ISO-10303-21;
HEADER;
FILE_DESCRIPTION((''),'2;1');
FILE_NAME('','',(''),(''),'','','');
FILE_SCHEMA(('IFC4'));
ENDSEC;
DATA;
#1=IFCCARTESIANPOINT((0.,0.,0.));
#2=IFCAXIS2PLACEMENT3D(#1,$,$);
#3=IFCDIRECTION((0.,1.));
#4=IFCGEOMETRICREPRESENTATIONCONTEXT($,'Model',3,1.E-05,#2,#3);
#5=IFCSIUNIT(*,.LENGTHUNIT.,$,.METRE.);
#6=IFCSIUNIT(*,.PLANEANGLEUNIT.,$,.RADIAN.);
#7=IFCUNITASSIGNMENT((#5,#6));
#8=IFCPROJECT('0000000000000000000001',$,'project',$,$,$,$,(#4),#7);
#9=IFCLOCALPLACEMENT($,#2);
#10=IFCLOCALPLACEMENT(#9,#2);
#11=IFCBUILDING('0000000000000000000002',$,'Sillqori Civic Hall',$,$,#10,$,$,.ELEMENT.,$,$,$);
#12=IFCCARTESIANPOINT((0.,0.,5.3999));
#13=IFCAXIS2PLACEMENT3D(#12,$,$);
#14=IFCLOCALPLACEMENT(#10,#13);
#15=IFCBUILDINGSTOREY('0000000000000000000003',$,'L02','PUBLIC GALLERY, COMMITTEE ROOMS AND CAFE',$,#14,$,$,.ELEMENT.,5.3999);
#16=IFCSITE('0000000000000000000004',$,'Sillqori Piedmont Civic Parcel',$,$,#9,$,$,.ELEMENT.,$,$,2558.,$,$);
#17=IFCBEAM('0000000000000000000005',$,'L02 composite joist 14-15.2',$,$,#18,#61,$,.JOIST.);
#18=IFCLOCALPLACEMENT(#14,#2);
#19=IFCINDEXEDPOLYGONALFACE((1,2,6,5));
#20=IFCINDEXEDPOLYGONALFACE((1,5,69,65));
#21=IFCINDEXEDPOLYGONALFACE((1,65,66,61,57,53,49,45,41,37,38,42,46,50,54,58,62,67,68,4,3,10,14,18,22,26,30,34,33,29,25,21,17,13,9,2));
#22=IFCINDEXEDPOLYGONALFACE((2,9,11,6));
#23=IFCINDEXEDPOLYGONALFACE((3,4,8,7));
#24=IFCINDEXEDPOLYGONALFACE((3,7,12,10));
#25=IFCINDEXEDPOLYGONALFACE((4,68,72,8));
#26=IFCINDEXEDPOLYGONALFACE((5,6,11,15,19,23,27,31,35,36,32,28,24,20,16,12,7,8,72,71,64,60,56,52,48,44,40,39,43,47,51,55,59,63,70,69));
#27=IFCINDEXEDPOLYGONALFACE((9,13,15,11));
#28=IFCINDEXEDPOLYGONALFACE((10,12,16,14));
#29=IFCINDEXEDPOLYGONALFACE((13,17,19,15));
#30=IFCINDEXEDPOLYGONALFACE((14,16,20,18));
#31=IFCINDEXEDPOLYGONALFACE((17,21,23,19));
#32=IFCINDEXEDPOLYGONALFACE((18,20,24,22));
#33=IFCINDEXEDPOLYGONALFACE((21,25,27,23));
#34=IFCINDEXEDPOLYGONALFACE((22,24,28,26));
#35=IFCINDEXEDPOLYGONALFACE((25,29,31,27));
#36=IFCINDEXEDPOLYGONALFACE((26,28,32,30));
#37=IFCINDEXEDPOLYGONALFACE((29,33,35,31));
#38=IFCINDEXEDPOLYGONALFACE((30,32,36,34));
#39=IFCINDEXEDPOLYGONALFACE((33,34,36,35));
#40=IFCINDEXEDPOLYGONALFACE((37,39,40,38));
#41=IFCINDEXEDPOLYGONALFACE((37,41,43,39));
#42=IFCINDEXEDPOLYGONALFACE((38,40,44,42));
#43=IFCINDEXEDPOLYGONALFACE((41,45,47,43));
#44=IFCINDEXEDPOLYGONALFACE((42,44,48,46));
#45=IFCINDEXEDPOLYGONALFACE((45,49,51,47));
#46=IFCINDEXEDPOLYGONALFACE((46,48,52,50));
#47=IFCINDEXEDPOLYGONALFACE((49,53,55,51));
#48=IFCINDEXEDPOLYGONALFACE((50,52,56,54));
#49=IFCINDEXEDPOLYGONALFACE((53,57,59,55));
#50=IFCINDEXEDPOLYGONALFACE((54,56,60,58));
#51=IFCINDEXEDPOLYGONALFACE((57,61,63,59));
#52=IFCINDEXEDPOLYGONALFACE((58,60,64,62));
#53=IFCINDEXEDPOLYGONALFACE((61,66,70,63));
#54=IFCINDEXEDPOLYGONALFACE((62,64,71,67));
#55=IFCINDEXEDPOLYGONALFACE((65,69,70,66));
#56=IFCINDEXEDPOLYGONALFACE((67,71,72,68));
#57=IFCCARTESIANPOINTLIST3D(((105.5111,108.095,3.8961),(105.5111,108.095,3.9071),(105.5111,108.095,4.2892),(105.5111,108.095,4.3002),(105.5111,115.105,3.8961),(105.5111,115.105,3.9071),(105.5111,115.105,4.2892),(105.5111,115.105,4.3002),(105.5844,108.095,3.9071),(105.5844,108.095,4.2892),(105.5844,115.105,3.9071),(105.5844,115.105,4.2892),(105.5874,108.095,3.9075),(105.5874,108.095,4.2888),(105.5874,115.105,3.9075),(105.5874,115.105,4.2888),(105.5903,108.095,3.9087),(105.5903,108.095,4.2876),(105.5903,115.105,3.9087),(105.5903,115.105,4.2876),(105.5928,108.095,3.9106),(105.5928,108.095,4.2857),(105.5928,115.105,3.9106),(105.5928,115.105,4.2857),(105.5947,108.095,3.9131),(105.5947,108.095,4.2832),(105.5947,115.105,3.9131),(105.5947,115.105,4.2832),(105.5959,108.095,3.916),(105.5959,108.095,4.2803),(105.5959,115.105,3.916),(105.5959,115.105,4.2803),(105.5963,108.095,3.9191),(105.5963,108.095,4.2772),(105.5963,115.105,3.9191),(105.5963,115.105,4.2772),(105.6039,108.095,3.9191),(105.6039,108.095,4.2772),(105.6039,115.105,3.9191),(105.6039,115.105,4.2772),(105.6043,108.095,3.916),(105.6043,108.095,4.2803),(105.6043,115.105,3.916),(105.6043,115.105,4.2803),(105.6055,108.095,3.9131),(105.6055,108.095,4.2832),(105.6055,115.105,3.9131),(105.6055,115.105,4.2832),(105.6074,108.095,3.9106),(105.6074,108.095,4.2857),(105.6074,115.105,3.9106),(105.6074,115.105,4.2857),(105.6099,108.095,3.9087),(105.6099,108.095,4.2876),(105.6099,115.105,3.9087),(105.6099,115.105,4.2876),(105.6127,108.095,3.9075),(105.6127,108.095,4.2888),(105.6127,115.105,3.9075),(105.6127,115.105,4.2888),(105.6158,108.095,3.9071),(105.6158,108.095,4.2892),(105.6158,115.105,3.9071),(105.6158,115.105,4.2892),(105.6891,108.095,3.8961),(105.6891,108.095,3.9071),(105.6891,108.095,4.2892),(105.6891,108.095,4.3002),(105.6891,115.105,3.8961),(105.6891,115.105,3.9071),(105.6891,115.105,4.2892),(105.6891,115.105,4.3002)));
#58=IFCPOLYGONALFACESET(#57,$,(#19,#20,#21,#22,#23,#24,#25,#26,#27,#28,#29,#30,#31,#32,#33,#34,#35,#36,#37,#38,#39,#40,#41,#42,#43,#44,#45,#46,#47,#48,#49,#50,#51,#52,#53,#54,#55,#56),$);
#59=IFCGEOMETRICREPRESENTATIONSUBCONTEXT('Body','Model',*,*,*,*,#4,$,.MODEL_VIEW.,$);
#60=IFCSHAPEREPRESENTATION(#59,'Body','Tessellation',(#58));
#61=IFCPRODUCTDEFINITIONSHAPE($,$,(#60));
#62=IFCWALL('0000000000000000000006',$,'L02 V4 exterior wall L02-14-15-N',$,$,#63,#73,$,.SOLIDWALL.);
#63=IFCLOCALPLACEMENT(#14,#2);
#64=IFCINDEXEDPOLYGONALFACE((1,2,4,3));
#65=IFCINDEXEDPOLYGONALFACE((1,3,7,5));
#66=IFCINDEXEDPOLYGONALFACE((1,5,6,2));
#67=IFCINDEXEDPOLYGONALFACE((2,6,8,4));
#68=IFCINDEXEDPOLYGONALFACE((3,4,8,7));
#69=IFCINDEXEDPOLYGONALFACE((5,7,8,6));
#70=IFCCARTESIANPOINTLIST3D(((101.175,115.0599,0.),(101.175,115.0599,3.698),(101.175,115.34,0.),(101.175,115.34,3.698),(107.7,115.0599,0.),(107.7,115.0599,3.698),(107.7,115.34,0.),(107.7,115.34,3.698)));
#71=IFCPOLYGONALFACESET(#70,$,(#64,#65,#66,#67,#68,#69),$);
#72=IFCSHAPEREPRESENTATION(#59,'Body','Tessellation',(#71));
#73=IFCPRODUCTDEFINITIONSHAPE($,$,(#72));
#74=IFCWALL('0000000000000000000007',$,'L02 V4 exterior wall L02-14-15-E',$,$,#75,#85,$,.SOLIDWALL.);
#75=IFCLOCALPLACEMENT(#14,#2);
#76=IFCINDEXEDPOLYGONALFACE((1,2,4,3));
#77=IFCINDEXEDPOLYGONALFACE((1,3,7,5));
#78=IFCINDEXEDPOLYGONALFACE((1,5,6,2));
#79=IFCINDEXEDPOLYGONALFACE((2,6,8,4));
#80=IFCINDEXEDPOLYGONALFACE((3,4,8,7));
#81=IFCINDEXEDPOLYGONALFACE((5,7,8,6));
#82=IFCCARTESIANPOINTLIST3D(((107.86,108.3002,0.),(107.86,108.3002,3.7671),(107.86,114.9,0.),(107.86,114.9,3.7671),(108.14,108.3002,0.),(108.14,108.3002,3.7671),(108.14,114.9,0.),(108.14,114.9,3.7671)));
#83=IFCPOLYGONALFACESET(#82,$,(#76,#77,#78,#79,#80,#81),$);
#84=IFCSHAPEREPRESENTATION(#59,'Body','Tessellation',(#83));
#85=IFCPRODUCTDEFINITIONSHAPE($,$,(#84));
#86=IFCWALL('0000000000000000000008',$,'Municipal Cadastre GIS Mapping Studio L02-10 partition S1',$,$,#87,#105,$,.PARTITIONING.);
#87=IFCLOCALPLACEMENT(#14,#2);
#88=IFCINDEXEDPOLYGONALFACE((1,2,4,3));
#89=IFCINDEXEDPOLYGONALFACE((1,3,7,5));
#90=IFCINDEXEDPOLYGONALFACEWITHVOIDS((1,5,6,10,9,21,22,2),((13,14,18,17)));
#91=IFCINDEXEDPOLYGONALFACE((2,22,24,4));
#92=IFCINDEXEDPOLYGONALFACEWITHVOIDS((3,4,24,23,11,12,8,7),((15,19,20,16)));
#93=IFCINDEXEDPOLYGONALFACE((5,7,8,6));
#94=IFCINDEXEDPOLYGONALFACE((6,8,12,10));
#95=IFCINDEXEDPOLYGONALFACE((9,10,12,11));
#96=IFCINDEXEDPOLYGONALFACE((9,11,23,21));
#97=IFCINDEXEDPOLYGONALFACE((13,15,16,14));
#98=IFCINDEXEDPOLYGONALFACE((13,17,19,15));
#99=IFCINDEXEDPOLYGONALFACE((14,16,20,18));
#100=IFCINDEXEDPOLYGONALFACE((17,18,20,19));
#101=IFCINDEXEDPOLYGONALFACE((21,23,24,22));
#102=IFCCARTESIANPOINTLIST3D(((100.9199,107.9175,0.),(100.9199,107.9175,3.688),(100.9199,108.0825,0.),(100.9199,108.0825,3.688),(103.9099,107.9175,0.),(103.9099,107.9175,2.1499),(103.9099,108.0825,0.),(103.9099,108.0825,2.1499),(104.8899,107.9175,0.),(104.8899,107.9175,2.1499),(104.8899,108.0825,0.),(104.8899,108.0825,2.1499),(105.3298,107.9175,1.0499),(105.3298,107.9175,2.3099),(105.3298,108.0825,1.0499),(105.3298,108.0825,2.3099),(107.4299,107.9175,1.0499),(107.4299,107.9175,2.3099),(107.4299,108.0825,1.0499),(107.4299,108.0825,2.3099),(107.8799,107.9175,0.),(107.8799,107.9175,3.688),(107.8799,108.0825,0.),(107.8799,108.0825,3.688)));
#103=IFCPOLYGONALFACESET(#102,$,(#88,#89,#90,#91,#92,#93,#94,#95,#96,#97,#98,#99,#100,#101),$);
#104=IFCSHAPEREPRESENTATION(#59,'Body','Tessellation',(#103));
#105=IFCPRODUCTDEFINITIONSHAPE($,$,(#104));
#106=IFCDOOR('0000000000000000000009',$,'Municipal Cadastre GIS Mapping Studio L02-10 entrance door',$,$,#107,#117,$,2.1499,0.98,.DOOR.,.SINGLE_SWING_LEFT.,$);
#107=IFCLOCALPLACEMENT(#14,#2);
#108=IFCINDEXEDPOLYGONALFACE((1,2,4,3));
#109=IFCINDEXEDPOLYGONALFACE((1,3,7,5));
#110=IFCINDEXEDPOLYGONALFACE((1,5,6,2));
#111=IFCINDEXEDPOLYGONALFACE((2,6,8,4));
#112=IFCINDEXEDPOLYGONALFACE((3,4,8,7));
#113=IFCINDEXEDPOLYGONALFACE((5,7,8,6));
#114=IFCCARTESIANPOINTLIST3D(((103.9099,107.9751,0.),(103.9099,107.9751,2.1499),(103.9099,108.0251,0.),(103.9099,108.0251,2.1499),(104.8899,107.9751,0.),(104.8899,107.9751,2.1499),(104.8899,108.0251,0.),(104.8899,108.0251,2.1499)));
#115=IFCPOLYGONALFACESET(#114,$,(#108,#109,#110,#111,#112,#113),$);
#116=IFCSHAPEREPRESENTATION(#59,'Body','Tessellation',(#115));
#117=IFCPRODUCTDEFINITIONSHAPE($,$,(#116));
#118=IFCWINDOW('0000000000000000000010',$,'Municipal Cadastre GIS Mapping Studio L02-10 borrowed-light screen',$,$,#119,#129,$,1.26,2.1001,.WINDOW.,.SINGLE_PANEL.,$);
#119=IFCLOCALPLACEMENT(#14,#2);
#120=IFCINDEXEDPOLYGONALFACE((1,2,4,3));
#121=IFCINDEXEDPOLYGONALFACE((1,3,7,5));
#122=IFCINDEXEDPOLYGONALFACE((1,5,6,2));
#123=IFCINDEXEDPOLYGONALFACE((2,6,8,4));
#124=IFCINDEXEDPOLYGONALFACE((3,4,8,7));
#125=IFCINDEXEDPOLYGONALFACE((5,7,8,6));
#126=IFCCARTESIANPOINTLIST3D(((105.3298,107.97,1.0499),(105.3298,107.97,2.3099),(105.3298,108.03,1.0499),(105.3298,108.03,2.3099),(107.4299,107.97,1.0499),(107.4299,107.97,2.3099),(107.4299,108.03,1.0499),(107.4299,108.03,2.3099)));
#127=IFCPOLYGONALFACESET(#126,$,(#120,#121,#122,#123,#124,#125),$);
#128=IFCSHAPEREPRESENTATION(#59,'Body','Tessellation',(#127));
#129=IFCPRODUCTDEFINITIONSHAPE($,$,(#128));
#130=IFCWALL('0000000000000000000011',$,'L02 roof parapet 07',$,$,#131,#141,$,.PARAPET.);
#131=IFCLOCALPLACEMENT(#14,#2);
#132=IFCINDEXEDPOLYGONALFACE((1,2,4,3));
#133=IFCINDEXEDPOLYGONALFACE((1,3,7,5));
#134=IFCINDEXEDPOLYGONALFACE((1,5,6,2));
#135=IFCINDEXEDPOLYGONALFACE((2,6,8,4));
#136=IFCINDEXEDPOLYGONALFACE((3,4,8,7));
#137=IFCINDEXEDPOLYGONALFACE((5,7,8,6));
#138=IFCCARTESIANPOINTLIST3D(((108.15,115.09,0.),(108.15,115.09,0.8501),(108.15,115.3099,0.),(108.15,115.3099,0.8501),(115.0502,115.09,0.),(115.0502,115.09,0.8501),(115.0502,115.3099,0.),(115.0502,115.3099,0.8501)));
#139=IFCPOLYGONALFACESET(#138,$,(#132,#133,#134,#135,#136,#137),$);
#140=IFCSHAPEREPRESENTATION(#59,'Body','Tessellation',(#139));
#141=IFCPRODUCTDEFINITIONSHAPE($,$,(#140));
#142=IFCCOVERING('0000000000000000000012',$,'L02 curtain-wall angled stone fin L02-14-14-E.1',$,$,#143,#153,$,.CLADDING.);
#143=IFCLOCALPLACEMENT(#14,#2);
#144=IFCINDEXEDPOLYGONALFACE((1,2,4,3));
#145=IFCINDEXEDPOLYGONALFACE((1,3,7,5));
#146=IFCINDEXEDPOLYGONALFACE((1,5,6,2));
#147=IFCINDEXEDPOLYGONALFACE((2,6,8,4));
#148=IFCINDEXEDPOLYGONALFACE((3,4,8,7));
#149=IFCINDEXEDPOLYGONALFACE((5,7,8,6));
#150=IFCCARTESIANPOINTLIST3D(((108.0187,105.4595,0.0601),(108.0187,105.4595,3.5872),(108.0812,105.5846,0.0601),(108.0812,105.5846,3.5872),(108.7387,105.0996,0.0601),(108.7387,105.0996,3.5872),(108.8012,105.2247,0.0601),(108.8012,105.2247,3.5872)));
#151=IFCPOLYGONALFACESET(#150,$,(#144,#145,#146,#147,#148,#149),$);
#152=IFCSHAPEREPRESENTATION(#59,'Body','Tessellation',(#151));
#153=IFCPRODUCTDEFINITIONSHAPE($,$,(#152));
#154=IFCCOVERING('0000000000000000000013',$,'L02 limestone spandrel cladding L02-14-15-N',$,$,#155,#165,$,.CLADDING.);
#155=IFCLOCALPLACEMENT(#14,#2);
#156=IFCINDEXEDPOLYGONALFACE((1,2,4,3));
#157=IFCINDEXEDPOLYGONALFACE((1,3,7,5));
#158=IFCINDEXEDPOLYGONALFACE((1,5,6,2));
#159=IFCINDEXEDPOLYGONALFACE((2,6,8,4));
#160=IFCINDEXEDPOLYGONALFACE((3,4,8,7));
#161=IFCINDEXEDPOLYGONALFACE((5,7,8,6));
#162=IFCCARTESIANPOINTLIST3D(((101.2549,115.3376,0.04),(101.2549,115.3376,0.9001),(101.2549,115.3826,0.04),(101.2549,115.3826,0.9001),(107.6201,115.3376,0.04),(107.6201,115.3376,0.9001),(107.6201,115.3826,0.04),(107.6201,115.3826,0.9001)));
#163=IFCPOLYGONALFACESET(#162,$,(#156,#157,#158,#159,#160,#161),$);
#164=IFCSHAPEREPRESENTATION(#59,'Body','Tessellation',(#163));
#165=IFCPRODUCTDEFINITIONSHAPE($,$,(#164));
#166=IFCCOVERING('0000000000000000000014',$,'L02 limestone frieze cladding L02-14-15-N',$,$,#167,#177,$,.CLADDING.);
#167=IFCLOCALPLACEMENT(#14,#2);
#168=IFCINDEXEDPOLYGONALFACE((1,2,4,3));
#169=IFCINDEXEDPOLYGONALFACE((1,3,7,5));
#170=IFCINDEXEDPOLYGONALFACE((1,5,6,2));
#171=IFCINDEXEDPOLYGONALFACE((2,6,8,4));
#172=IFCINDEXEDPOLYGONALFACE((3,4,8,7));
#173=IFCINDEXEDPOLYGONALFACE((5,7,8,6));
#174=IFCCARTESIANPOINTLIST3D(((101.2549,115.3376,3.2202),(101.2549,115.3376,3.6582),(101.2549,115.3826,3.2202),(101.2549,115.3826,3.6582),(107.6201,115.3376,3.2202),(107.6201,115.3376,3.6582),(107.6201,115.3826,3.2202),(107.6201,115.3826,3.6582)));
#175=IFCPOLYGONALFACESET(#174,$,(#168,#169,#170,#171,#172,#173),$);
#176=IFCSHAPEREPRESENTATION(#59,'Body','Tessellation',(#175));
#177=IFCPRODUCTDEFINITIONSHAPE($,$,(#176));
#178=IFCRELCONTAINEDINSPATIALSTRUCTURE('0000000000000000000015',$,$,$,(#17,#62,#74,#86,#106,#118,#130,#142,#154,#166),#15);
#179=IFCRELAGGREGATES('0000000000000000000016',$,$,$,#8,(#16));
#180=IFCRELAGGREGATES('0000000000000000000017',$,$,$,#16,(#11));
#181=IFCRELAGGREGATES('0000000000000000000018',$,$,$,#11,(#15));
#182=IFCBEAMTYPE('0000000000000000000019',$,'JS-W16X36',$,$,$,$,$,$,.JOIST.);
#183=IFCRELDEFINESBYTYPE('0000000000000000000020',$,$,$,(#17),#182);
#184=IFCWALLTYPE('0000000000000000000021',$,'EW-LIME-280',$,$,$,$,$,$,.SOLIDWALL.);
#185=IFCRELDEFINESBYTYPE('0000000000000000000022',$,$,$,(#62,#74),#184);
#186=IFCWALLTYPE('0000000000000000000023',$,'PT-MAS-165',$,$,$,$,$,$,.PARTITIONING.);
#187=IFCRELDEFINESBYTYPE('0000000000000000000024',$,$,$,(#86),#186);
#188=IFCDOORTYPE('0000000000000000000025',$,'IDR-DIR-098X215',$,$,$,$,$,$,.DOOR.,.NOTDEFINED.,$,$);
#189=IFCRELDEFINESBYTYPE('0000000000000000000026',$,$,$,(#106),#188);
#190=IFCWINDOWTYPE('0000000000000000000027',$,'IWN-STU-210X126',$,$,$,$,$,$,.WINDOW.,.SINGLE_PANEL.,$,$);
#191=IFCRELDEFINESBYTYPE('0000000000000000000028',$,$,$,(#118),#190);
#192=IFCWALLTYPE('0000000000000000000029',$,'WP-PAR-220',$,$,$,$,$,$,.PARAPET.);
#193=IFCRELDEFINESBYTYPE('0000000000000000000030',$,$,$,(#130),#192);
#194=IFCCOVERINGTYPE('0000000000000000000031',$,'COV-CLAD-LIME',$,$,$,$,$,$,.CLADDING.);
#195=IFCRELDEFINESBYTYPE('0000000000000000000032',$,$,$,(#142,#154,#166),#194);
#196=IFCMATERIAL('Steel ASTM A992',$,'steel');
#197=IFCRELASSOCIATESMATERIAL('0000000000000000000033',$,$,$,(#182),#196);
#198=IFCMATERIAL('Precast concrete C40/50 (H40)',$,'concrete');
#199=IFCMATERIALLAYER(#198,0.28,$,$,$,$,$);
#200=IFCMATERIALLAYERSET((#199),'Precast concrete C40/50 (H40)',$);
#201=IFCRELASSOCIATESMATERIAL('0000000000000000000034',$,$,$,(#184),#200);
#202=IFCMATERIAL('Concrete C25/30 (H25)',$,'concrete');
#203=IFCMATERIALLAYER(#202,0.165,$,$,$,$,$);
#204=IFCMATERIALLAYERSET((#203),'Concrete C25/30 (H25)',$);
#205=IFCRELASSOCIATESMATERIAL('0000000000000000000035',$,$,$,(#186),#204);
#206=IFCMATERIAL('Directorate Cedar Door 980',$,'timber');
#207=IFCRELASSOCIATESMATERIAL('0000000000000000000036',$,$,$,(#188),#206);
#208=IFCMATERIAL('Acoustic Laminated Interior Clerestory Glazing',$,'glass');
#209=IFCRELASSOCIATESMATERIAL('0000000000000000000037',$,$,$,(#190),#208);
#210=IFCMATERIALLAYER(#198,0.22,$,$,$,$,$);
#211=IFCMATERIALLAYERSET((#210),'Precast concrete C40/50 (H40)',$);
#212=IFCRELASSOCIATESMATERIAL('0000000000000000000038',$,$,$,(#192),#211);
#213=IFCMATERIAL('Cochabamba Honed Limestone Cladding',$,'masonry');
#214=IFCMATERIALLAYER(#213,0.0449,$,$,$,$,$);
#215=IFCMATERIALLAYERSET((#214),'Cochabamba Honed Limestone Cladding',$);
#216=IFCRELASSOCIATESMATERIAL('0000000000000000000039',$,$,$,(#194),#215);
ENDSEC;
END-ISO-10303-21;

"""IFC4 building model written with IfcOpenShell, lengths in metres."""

from ifc_helpers import new_model, si_unit, direction, frame, frame_2d, origin, origin_2d, place, context, subcontext, project, spatial, rectangle, i_section, extrude, material, layer, layer_set, material_profile, profile_set, type_object, element, fill, save


model = new_model("IFC4")

# Units and contexts
model_context = context("Model", 3, precision=1e-05, world=origin(), true_north=direction((0.0, 1.0)))
body_context = subcontext(model_context, "Body", "Model", "MODEL_VIEW")
ifc_project = project(units=[si_unit("LENGTHUNIT", "METRE"), si_unit("PLANEANGLEUNIT", "RADIAN")], contexts=[model_context])

# Site, building, storey
site_placement = place(None, origin())
site = spatial("IfcSite", under=ifc_project, at=site_placement, Name="Sillqori Piedmont Civic Parcel", CompositionType="ELEMENT", RefElevation=2558.0)
building_placement = place(site_placement, origin())
building = spatial("IfcBuilding", under=site, at=building_placement, Name="Sillqori Civic Hall", CompositionType="ELEMENT")
storey_placement = place(building_placement, frame((0.0, 0.0, 5.3999)))
storey = spatial("IfcBuildingStorey", under=building, at=storey_placement, Name="L02", Description="PUBLIC GALLERY, COMMITTEE ROOMS AND CAFE", CompositionType="ELEMENT", Elevation=5.3999)

# Beam
ifc_material_1 = material(Name="Steel ASTM A992", Category="steel")
ifc_material_profile_1 = material_profile(ifc_material_1, i_section(OverallWidth=0.178, OverallDepth=0.4041, WebThickness=0.0076, FlangeThickness=0.011, FilletRadius=0.012, at=origin_2d()), Name="W16X36")
ifc_profile_set_1 = profile_set([ifc_material_profile_1], Name="Steel ASTM A992")
beam_type_1 = type_object("IfcBeamType", Name="JS-W16X36", PredefinedType="JOIST", material=ifc_profile_set_1)
for number, where, z_axis, x_axis, name in (
    (1, (105.6001, 108.095, 4.0981), (0.0, 1.0, 0.0), (-1.0, 0.0, 0.0), "L02 composite joist 14-15.2"),
):
    element("IfcBeam", number, at=place(storey_placement, frame(where, z_axis=z_axis, x_axis=x_axis)), inside=storey, type_object=beam_type_1, Name=name, PredefinedType="JOIST", context=body_context, shape_type="SweptSolid", body=[
        extrude(i_section(OverallWidth=0.178, OverallDepth=0.4041, WebThickness=0.0076, FlangeThickness=0.011, FilletRadius=0.012, at=origin_2d()), origin(), (0.0, 0.0, 1.0), 7.01),
    ])

# Walls
ifc_material_2 = material(Name="Precast concrete C40/50 (H40)", Category="concrete")
ifc_layer_1 = layer(ifc_material_2, 0.28)
ifc_layer_set_1 = layer_set([ifc_layer_1], Name="Precast concrete C40/50 (H40)")
wall_type_1 = type_object("IfcWallType", Name="EW-LIME-280", PredefinedType="SOLIDWALL", material=ifc_layer_set_1)
wall_1_placement = place(storey_placement, frame((101.175, 115.2, 0.0), z_axis=(0.0, 0.0, 1.0), x_axis=(1.0, 0.0, 0.0)))
element("IfcWall", 2, at=wall_1_placement, inside=storey, type_object=wall_type_1, Name="L02 V4 exterior wall L02-14-15-N", PredefinedType="SOLIDWALL", context=body_context, shape_type="SweptSolid", body=[
    extrude(rectangle(XDim=6.5249, YDim=0.28, at=frame_2d((3.2625, 0.0))), origin(), (0.0, 0.0, 1.0), 3.698),
])
wall_2_placement = place(storey_placement, frame((108.0, 114.8999, 0.0), z_axis=(0.0, 0.0, 1.0), x_axis=(0.0, -1.0, 0.0)))
element("IfcWall", 3, at=wall_2_placement, inside=storey, type_object=wall_type_1, Name="L02 V4 exterior wall L02-14-15-E", PredefinedType="SOLIDWALL", context=body_context, shape_type="SweptSolid", body=[
    extrude(rectangle(XDim=6.5999, YDim=0.28, at=frame_2d((3.2998, 0.0))), origin(), (0.0, 0.0, 1.0), 3.7671),
])

# Wall, openings, door, window
ifc_material_3 = material(Name="Concrete C25/30 (H25)", Category="concrete")
ifc_layer_2 = layer(ifc_material_3, 0.165)
ifc_layer_set_2 = layer_set([ifc_layer_2], Name="Concrete C25/30 (H25)")
wall_type_2 = type_object("IfcWallType", Name="PT-MAS-165", PredefinedType="PARTITIONING", material=ifc_layer_set_2)
wall_3_placement = place(storey_placement, frame((107.8799, 108.0, 0.0), z_axis=(0.0, 0.0, 1.0), x_axis=(-1.0, 0.0, 0.0)))
wall_3 = element("IfcWall", 4, at=wall_3_placement, inside=storey, type_object=wall_type_2, Name="Municipal Cadastre GIS Mapping Studio L02-10 partition S1", PredefinedType="PARTITIONING", context=body_context, shape_type="SweptSolid", body=[
    extrude(rectangle(XDim=6.96, YDim=0.165, at=frame_2d((3.48, 0.0))), origin(), (0.0, 0.0, 1.0), 3.688),
])
opening_1_placement = place(wall_3_placement, frame((2.99, 0.0, 0.0)))
opening_1 = element("IfcOpeningElement", 5, at=opening_1_placement, cuts=wall_3, PredefinedType="OPENING", context=body_context, shape_type="SweptSolid", body=[
    extrude(rectangle(XDim=0.98, YDim=2.1499, at=frame_2d((0.49, 1.075))), frame((0.0, 0.0925, 0.0), z_axis=(0.0, -1.0, 0.0), x_axis=(1.0, 0.0, 0.0)), (0.0, 0.0, 1.0), 0.1851),
])
opening_2_placement = place(wall_3_placement, frame((0.45, 0.0, 1.05)))
opening_2 = element("IfcOpeningElement", 6, at=opening_2_placement, cuts=wall_3, PredefinedType="OPENING", context=body_context, shape_type="SweptSolid", body=[
    extrude(rectangle(XDim=2.1001, YDim=1.26, at=frame_2d((1.05, 0.6299))), frame((0.0, 0.0925, 0.0), z_axis=(0.0, -1.0, 0.0), x_axis=(1.0, 0.0, 0.0)), (0.0, 0.0, 1.0), 0.1851),
])
ifc_material_4 = material(Name="Directorate Cedar Door 980", Category="timber")
door_type = type_object("IfcDoorType", Name="IDR-DIR-098X215", OperationType="NOTDEFINED", PredefinedType="DOOR", material=ifc_material_4)
door_placement = place(opening_1_placement, origin())
door = element("IfcDoor", 7, at=door_placement, inside=storey, type_object=door_type, Name="Municipal Cadastre GIS Mapping Studio L02-10 entrance door", OperationType="SINGLE_SWING_LEFT", OverallHeight=2.1499, OverallWidth=0.98, PredefinedType="DOOR", context=body_context, shape_type="SweptSolid", body=[
    extrude(rectangle(XDim=0.98, YDim=2.1499, at=frame_2d((0.49, 1.075))), frame((0.0, 0.0249, 0.0), z_axis=(0.0, -1.0, 0.0), x_axis=(1.0, 0.0, 0.0)), (0.0, 0.0, 1.0), 0.05),
])
fill(opening_1, door)
ifc_material_5 = material(Name="Acoustic Laminated Interior Clerestory Glazing", Category="glass")
window_type = type_object("IfcWindowType", Name="IWN-STU-210X126", PartitioningType="SINGLE_PANEL", PredefinedType="WINDOW", material=ifc_material_5)
window_placement = place(opening_2_placement, origin())
window = element("IfcWindow", 8, at=window_placement, inside=storey, type_object=window_type, Name="Municipal Cadastre GIS Mapping Studio L02-10 borrowed-light screen", OverallHeight=1.26, OverallWidth=2.1001, PartitioningType="SINGLE_PANEL", PredefinedType="WINDOW", context=body_context, shape_type="SweptSolid", body=[
    extrude(rectangle(XDim=2.1001, YDim=1.26, at=frame_2d((1.05, 0.6299))), frame((0.0, 0.03, 0.0), z_axis=(0.0, -1.0, 0.0), x_axis=(1.0, 0.0, 0.0)), (0.0, 0.0, 1.0), 0.0601),
])
fill(opening_2, window)

# Wall
ifc_layer_3 = layer(ifc_material_2, 0.22)
ifc_layer_set_3 = layer_set([ifc_layer_3], Name="Precast concrete C40/50 (H40)")
wall_type_3 = type_object("IfcWallType", Name="WP-PAR-220", PredefinedType="PARAPET", material=ifc_layer_set_3)
wall_4_placement = place(storey_placement, frame((108.1499, 115.2, 0.0), z_axis=(0.0, 0.0, 1.0), x_axis=(1.0, 0.0, 0.0)))
element("IfcWall", 9, at=wall_4_placement, inside=storey, type_object=wall_type_3, Name="L02 roof parapet 07", PredefinedType="PARAPET", context=body_context, shape_type="SweptSolid", body=[
    extrude(rectangle(XDim=6.9001, YDim=0.22, at=frame_2d((3.4502, 0.0))), origin(), (0.0, 0.0, 1.0), 0.8501),
])

# Coverings
ifc_material_6 = material(Name="Cochabamba Honed Limestone Cladding", Category="masonry")
ifc_layer_4 = layer(ifc_material_6, 0.0449)
ifc_layer_set_4 = layer_set([ifc_layer_4], Name="Cochabamba Honed Limestone Cladding")
covering_type = type_object("IfcCoveringType", Name="COV-CLAD-LIME", PredefinedType="CLADDING", material=ifc_layer_set_4)
covering_1_placement = place(storey_placement, frame((108.05, 105.522, 0.0601), z_axis=(0.0, 0.0, 1.0), x_axis=(0.894488, -0.447092, 0.0)))
element("IfcCovering", 10, at=covering_1_placement, inside=storey, type_object=covering_type, Name="L02 curtain-wall angled stone fin L02-14-14-E.1", PredefinedType="CLADDING", context=body_context, shape_type="SweptSolid", body=[
    extrude(rectangle(XDim=0.8049, YDim=0.1399, at=frame_2d((0.4023, 0.0))), origin(), (0.0, 0.0, 1.0), 3.5271),
])
covering_2_placement = place(storey_placement, frame((101.2549, 115.3601, 0.04), z_axis=(0.0, 0.0, 1.0), x_axis=(1.0, 0.0, 0.0)))
element("IfcCovering", 11, at=covering_2_placement, inside=storey, type_object=covering_type, Name="L02 limestone spandrel cladding L02-14-15-N", PredefinedType="CLADDING", context=body_context, shape_type="SweptSolid", body=[
    extrude(rectangle(XDim=6.3652, YDim=0.0449, at=frame_2d((3.1826, 0.0))), origin(), (0.0, 0.0, 1.0), 0.8601),
])
covering_3_placement = place(storey_placement, frame((101.2549, 115.3601, 3.2202), z_axis=(0.0, 0.0, 1.0), x_axis=(1.0, 0.0, 0.0)))
element("IfcCovering", 12, at=covering_3_placement, inside=storey, type_object=covering_type, Name="L02 limestone frieze cladding L02-14-15-N", PredefinedType="CLADDING", context=body_context, shape_type="SweptSolid", body=[
    extrude(rectangle(XDim=6.3652, YDim=0.0449, at=frame_2d((3.1826, 0.0))), origin(), (0.0, 0.0, 1.0), 0.438),
])

save(model, "model.ifc")
